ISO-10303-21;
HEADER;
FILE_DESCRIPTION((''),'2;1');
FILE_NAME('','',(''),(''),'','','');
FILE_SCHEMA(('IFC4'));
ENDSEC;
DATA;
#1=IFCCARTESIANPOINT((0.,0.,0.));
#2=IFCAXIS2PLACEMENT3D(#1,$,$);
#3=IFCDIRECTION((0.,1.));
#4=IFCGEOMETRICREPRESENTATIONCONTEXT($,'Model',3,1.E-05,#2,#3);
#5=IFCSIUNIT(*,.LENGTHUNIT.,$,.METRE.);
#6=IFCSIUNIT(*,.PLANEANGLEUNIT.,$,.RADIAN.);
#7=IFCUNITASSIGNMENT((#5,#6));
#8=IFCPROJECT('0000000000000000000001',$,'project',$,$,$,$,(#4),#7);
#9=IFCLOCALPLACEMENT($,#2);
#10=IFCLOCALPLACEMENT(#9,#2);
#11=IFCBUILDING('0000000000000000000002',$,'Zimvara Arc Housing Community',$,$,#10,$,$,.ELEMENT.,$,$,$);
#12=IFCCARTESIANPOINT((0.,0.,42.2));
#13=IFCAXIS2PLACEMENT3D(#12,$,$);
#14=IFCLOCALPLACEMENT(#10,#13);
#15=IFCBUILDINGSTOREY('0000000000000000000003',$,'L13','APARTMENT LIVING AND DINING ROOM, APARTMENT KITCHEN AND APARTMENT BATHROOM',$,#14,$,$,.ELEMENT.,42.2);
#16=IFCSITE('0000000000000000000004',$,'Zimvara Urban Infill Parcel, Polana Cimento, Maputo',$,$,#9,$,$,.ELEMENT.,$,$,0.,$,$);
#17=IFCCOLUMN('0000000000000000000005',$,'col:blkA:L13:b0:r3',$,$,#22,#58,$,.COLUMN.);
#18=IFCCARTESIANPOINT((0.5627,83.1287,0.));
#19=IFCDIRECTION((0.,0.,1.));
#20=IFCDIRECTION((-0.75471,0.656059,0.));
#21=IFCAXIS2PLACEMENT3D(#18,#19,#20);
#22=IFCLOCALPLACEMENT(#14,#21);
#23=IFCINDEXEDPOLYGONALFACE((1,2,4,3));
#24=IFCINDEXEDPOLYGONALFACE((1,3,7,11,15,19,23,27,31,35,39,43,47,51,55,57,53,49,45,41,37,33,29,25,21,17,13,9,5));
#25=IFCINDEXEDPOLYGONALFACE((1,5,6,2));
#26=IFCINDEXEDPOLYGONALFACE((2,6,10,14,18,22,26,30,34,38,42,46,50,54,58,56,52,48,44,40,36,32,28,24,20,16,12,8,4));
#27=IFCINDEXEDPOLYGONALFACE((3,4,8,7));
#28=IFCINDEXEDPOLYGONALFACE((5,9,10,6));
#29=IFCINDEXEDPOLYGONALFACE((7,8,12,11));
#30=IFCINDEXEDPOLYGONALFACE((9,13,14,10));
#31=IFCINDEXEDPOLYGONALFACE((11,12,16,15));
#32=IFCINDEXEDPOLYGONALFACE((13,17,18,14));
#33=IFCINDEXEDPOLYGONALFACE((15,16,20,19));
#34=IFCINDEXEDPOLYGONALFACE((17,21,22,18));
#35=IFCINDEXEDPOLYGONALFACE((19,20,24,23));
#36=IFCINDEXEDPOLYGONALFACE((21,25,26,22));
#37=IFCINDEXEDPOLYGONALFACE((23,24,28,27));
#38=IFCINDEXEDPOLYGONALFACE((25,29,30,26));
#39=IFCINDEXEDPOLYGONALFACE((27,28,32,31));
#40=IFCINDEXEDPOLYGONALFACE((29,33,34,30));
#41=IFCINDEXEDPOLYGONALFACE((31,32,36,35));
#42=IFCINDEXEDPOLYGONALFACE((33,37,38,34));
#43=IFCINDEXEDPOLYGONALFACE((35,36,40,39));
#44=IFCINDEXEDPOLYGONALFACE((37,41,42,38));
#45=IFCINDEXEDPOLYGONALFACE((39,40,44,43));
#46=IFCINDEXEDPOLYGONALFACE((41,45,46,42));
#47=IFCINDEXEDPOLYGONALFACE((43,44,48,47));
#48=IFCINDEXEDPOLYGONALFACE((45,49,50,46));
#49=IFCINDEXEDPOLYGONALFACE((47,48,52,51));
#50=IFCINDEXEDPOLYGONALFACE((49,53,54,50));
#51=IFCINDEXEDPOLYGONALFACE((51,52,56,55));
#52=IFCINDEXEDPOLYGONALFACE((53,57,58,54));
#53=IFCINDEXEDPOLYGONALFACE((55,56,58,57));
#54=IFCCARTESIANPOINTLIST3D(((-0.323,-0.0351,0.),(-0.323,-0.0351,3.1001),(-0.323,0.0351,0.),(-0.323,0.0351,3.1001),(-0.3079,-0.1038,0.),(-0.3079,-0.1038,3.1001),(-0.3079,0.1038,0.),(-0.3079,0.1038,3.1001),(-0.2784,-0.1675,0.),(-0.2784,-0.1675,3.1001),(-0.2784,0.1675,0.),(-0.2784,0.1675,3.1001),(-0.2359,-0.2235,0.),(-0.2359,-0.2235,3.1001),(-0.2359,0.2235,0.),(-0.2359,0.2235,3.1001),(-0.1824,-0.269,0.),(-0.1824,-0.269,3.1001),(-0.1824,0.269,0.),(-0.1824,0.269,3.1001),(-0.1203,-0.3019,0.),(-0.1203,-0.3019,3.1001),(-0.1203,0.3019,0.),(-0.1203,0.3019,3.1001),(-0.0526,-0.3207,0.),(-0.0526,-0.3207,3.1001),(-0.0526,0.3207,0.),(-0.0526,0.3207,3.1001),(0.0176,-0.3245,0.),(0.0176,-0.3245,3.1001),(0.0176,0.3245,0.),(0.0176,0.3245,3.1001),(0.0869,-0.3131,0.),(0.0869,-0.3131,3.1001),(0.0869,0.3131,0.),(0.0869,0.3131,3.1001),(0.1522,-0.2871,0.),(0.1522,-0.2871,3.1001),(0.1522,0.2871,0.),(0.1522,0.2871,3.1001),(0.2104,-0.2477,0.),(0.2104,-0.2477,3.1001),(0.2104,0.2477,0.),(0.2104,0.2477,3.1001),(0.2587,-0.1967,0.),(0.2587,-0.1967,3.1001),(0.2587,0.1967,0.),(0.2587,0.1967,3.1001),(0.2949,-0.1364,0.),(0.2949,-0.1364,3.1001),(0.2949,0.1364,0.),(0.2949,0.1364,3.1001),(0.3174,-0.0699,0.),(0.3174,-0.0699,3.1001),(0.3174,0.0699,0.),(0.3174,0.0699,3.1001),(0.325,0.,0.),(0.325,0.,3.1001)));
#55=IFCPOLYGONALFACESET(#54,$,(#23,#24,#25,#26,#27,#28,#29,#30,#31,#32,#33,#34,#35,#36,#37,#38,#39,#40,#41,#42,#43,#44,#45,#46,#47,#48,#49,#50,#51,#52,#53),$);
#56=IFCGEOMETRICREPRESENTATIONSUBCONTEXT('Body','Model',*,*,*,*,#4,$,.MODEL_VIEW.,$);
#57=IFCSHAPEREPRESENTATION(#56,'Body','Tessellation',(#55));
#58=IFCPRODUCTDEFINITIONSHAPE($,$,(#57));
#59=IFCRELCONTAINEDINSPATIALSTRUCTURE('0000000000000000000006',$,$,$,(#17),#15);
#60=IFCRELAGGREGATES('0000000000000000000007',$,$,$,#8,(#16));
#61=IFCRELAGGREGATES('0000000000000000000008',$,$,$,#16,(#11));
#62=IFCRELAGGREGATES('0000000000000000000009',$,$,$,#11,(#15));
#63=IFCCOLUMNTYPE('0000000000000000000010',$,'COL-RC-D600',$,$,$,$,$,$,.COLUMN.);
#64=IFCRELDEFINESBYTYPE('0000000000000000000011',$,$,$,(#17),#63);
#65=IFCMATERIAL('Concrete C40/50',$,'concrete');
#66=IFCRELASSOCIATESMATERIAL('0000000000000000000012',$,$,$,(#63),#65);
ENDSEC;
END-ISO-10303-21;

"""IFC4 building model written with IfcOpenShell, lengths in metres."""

from ifc_helpers import new_model, si_unit, direction, frame, origin, origin_2d, place, context, subcontext, project, spatial, circle, extrude, material, material_profile, profile_set, type_object, element, save


model = new_model("IFC4")

# Units and contexts
model_context = context("Model", 3, precision=1e-05, world=origin(), true_north=direction((0.0, 1.0)))
body_context = subcontext(model_context, "Body", "Model", "MODEL_VIEW")
ifc_project = project(units=[si_unit("LENGTHUNIT", "METRE"), si_unit("PLANEANGLEUNIT", "RADIAN")], contexts=[model_context])

# Site, building, storey
site_placement = place(None, origin())
site = spatial("IfcSite", under=ifc_project, at=site_placement, Name="Zimvara Urban Infill Parcel, Polana Cimento, Maputo", CompositionType="ELEMENT", RefElevation=0.0)
building_placement = place(site_placement, origin())
building = spatial("IfcBuilding", under=site, at=building_placement, Name="Zimvara Arc Housing Community", CompositionType="ELEMENT")
storey_placement = place(building_placement, frame((0.0, 0.0, 42.2)))
storey = spatial("IfcBuildingStorey", under=building, at=storey_placement, Name="L13", Description="APARTMENT LIVING AND DINING ROOM, APARTMENT KITCHEN AND APARTMENT BATHROOM", CompositionType="ELEMENT", Elevation=42.2)

# Column
ifc_material_1 = material(Name="Concrete C40/50", Category="concrete")
ifc_material_profile_1 = material_profile(ifc_material_1, circle(Radius=0.325, at=origin_2d()), Name="RC D650")
ifc_profile_set_1 = profile_set([ifc_material_profile_1], Name="Concrete C40/50")
column_type_1 = type_object("IfcColumnType", Name="COL-RC-D600", PredefinedType="COLUMN", material=ifc_profile_set_1)
column_1_placement = place(storey_placement, frame((0.5627, 83.1287, 0.0), z_axis=(0.0, 0.0, 1.0), x_axis=(-0.75471, 0.656059, 0.0)))
element("IfcColumn", 1, at=column_1_placement, inside=storey, type_object=column_type_1, Name="col:blkA:L13:b0:r3", PredefinedType="COLUMN", context=body_context, shape_type="SweptSolid", body=[
    extrude(circle(Radius=0.325, at=origin_2d()), origin(), (0.0, 0.0, 1.0), 3.1001),
])

save(model, "model.ifc")
